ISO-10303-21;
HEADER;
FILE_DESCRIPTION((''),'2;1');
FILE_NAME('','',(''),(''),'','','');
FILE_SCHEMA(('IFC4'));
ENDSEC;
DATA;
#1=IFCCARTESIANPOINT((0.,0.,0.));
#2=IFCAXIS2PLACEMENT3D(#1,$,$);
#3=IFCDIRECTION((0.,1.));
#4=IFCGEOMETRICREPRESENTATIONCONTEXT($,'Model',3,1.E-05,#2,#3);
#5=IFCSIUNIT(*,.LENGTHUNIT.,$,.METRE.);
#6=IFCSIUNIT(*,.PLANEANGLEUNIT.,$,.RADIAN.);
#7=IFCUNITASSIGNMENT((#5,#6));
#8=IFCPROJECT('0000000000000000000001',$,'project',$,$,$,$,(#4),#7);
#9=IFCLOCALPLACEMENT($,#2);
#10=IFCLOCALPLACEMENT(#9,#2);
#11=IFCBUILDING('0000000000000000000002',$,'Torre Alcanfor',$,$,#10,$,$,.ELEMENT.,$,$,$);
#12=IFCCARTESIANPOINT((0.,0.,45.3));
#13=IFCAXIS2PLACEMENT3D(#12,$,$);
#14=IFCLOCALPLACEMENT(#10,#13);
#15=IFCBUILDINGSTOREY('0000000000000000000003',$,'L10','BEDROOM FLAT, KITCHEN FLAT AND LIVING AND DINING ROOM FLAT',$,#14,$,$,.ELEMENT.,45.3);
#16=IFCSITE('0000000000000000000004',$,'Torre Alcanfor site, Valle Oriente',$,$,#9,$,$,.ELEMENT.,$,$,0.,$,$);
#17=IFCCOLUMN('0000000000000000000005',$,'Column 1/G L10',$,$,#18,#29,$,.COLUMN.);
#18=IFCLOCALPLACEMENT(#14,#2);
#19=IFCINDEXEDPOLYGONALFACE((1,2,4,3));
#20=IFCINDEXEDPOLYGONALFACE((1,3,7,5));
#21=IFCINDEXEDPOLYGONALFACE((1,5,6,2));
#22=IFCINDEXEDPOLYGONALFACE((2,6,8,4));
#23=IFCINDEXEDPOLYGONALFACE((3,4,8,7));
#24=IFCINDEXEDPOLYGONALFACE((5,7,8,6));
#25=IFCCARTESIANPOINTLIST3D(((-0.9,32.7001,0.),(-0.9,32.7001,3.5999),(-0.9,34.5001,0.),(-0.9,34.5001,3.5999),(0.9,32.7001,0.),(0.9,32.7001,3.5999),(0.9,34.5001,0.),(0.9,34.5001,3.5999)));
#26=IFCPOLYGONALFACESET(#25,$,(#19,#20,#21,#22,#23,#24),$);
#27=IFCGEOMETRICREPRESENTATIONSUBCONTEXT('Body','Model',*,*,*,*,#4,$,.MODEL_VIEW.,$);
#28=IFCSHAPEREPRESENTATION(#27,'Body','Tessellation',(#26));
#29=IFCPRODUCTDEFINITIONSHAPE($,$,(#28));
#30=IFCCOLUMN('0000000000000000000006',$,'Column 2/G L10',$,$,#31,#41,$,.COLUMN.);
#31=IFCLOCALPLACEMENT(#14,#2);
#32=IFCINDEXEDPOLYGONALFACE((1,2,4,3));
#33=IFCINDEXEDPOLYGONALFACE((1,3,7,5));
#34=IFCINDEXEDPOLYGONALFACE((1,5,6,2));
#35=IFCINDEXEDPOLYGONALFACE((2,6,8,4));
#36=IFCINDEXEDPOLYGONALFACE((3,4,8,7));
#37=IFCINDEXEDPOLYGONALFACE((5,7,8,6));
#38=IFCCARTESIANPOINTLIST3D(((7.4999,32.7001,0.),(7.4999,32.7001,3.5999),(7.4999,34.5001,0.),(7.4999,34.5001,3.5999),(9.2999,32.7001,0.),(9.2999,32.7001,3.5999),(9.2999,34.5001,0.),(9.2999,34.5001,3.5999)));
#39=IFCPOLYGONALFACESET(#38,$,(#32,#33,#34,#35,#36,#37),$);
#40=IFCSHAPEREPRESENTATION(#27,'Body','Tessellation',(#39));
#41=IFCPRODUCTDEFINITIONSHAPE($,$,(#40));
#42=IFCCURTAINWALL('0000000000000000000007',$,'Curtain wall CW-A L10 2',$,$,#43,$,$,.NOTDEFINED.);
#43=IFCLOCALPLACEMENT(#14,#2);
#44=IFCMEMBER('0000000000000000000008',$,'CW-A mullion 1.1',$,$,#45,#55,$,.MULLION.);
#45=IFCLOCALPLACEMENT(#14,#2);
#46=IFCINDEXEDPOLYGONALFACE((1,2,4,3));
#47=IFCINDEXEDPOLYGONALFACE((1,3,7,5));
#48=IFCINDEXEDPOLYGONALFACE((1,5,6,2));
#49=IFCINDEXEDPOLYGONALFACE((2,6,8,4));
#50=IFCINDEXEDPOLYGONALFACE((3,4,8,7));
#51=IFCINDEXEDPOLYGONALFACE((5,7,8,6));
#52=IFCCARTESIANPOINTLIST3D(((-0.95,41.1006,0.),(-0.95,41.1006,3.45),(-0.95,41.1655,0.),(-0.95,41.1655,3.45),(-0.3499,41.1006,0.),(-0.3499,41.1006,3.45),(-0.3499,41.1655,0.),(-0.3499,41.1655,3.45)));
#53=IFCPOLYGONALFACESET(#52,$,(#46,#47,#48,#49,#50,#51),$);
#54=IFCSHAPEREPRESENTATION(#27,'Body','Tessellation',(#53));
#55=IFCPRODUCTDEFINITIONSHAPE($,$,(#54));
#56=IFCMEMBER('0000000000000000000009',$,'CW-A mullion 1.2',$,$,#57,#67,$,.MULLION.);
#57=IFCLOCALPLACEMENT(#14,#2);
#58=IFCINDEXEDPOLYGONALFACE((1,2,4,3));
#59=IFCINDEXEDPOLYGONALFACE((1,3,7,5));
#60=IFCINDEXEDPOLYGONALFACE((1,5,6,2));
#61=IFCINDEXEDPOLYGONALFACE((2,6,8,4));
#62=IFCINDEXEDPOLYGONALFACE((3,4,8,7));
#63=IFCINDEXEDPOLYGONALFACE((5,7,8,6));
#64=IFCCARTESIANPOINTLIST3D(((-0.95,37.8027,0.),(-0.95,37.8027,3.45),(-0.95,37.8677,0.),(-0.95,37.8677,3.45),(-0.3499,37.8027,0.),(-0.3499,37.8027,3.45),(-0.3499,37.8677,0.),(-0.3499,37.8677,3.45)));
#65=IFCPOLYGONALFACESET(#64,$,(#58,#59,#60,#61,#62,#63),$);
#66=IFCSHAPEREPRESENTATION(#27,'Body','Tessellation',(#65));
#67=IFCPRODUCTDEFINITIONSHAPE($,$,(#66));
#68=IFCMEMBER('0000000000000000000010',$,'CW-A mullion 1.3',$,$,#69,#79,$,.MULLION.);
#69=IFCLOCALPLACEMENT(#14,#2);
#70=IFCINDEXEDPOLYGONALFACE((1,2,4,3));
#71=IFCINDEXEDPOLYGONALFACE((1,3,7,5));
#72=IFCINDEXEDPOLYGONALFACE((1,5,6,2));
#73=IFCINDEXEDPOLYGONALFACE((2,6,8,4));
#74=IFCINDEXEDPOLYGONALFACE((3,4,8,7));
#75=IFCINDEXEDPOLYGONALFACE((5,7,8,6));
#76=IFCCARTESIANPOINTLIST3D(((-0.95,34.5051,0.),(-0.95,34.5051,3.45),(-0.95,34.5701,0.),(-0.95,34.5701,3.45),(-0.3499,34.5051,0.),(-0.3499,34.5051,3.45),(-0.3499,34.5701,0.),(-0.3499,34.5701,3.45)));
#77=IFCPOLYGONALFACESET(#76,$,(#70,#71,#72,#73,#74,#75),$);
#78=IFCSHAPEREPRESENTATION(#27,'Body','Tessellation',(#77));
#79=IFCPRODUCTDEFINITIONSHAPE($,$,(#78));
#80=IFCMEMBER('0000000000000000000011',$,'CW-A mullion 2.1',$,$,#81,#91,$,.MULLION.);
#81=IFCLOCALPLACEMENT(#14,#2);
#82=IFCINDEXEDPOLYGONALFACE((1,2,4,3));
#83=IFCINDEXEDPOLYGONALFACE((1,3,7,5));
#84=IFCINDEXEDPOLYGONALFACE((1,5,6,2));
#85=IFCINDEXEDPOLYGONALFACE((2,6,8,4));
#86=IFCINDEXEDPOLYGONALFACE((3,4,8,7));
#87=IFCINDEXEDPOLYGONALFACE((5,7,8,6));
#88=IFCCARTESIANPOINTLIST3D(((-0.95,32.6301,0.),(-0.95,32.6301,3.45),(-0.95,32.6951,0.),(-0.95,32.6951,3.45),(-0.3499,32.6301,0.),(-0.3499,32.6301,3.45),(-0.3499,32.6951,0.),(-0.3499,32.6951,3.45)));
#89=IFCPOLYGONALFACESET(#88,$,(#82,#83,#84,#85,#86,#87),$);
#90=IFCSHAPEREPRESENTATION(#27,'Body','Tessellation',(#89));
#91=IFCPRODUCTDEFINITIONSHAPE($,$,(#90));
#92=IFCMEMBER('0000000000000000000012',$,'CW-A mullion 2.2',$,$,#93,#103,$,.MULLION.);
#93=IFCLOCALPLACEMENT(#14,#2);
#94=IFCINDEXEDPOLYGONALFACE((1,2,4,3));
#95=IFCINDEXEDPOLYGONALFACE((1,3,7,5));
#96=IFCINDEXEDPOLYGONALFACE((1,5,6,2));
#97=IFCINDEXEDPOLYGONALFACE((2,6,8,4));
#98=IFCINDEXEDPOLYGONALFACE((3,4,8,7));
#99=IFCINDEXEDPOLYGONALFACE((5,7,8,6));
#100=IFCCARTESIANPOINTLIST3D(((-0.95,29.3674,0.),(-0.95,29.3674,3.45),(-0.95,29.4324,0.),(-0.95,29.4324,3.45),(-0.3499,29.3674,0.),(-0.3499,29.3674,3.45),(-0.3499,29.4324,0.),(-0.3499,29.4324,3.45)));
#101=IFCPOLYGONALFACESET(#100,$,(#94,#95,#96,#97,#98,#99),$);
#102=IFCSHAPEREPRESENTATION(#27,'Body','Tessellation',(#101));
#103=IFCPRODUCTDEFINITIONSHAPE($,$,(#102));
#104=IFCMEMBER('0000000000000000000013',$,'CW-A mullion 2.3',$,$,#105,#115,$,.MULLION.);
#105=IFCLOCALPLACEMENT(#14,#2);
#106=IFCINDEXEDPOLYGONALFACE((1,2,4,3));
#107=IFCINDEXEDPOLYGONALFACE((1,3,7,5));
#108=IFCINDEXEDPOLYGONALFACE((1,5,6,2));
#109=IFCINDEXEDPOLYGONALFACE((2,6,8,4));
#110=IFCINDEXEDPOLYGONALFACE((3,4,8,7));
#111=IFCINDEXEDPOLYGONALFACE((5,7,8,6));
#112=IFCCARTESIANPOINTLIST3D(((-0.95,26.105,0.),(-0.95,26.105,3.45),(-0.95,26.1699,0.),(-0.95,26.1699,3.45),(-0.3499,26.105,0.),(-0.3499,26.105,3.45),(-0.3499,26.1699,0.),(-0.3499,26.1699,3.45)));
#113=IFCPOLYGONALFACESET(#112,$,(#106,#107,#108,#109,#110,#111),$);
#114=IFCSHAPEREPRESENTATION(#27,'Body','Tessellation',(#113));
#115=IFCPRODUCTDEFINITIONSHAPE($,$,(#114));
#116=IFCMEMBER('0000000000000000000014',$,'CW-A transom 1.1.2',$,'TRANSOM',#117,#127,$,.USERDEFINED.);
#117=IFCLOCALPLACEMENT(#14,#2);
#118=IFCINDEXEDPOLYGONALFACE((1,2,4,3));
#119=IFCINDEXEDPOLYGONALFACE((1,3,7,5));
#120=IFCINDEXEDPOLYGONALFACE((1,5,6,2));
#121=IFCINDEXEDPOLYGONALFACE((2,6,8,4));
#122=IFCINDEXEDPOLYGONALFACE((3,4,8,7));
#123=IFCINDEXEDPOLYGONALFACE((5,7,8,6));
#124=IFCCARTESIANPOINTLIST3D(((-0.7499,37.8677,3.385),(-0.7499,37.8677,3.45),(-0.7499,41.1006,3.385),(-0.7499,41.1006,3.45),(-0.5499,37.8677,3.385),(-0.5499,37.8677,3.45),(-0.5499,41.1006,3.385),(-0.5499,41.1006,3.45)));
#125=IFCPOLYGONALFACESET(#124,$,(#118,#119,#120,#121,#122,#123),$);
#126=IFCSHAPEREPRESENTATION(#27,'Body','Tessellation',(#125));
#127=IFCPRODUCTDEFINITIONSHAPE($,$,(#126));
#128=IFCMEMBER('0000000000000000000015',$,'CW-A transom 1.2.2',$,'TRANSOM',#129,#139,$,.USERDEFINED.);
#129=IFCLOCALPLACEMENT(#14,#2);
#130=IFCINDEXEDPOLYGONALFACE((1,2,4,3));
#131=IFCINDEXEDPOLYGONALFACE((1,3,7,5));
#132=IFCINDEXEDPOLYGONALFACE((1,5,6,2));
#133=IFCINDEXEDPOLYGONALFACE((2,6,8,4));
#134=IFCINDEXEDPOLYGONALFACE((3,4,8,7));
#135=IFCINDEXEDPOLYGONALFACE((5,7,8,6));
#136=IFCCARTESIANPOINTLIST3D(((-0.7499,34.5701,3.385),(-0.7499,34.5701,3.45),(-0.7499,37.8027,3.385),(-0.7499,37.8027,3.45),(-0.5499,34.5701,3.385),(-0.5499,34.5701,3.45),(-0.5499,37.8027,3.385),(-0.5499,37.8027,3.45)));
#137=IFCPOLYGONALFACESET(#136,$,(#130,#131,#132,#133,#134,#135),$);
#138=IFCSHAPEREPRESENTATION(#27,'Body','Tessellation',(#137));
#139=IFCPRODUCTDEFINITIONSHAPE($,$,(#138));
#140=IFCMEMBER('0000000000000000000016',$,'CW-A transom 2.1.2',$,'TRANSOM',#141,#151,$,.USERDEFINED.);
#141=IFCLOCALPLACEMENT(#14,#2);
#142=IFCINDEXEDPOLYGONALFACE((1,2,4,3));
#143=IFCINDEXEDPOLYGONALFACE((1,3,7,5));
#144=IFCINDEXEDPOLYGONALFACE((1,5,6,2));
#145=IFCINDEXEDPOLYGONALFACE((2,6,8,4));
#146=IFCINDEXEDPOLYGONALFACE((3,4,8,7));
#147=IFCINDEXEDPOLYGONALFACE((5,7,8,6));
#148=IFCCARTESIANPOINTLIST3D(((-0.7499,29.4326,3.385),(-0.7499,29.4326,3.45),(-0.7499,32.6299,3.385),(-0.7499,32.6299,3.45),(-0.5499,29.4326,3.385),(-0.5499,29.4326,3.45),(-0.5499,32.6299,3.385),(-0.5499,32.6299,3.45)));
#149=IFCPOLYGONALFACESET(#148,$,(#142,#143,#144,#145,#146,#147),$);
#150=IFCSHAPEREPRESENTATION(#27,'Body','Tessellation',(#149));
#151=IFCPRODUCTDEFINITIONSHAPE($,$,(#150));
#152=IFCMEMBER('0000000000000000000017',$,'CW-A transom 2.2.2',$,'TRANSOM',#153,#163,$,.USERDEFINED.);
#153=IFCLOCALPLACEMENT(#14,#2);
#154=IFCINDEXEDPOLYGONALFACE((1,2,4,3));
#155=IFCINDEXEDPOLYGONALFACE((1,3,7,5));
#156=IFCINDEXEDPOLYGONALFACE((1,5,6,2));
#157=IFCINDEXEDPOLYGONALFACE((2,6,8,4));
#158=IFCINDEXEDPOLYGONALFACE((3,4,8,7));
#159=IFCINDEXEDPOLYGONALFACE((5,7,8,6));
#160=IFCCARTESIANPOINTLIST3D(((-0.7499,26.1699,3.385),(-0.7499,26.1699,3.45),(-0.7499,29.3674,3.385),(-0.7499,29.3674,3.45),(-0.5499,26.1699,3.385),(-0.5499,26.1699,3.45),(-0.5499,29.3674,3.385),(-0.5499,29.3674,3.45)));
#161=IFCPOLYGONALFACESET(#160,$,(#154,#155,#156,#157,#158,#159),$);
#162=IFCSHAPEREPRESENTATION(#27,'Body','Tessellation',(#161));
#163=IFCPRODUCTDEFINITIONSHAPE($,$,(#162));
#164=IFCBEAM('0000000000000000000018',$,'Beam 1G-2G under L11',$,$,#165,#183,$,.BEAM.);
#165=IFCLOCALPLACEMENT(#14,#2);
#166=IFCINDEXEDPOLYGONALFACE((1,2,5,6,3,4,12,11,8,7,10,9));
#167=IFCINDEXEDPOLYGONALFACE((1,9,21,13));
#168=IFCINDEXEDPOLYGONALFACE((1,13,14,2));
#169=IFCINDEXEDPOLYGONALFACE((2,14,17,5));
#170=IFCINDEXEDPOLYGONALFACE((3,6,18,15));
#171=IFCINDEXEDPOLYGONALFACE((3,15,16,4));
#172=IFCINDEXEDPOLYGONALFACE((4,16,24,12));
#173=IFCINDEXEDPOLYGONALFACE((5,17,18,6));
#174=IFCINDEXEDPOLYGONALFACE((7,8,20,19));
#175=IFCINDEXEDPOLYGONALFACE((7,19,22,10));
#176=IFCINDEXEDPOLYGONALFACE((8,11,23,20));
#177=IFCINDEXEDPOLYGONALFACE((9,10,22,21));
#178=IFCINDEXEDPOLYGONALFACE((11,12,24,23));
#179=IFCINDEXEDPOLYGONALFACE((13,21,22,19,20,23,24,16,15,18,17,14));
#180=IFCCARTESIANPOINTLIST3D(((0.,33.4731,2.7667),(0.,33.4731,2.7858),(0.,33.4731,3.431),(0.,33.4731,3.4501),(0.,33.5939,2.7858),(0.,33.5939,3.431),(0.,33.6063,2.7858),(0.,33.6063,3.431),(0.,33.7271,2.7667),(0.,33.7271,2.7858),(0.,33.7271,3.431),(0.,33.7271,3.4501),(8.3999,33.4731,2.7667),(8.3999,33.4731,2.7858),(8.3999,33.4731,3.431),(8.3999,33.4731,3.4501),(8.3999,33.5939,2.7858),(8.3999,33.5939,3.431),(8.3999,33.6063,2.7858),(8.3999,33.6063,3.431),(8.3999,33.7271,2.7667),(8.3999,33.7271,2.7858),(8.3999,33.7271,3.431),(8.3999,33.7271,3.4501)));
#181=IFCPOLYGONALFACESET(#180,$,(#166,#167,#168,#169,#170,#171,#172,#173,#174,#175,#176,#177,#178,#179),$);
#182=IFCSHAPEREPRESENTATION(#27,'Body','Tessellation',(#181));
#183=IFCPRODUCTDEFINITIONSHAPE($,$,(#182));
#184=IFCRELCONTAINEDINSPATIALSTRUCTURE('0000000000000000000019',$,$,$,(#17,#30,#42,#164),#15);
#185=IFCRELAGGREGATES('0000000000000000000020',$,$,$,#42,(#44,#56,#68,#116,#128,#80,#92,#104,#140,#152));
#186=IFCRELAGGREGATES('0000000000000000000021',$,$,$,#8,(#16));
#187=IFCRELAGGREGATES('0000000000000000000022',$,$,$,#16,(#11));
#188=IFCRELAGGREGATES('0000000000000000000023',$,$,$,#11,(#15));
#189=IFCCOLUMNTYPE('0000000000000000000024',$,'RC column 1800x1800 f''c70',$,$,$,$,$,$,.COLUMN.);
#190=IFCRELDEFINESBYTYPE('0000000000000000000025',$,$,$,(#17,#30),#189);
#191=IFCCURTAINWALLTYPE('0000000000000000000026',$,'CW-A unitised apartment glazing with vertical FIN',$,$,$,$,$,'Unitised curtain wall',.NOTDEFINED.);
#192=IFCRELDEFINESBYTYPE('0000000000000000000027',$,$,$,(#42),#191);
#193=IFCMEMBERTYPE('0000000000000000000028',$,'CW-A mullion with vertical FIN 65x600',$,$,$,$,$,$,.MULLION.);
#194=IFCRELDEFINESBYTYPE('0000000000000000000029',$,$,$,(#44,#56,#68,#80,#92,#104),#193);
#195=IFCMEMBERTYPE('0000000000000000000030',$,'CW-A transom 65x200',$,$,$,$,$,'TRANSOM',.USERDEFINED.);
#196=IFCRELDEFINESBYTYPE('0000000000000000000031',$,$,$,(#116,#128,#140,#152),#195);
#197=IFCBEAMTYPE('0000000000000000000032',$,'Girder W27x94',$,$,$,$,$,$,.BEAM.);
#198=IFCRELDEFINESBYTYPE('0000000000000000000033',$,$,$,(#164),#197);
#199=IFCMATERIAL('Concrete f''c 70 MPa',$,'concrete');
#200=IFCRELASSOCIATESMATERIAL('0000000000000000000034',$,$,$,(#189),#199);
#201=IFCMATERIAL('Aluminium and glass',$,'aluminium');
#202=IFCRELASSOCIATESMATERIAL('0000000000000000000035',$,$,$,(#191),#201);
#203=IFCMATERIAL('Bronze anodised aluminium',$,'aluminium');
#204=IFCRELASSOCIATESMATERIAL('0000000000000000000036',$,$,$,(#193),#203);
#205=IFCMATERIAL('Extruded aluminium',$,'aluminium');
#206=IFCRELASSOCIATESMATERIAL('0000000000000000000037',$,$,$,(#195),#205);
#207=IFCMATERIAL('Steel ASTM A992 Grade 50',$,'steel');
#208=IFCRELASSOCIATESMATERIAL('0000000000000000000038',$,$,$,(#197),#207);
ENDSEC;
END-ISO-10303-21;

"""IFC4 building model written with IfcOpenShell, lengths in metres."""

from ifc_helpers import new_model, si_unit, direction, frame, origin, origin_2d, place, context, subcontext, project, spatial, rectangle, i_section, extrude, material, material_profile, profile_set, type_object, element, aggregate, save


model = new_model("IFC4")

# Units and contexts
model_context = context("Model", 3, precision=1e-05, world=origin(), true_north=direction((0.0, 1.0)))
body_context = subcontext(model_context, "Body", "Model", "MODEL_VIEW")
ifc_project = project(units=[si_unit("LENGTHUNIT", "METRE"), si_unit("PLANEANGLEUNIT", "RADIAN")], contexts=[model_context])

# Site, building, storey
site_placement = place(None, origin())
site = spatial("IfcSite", under=ifc_project, at=site_placement, Name="Torre Alcanfor site, Valle Oriente", CompositionType="ELEMENT", RefElevation=0.0)
building_placement = place(site_placement, origin())
building = spatial("IfcBuilding", under=site, at=building_placement, Name="Torre Alcanfor", CompositionType="ELEMENT")
storey_placement = place(building_placement, frame((0.0, 0.0, 45.3)))
storey = spatial("IfcBuildingStorey", under=building, at=storey_placement, Name="L10", Description="BEDROOM FLAT, KITCHEN FLAT AND LIVING AND DINING ROOM FLAT", CompositionType="ELEMENT", Elevation=45.3)

# Columns
ifc_material_1 = material(Name="Concrete f'c 70 MPa", Category="concrete")
ifc_material_profile_1 = material_profile(ifc_material_1, rectangle(XDim=1.8, YDim=1.8, at=origin_2d()), Name="1800x1800")
ifc_profile_set_1 = profile_set([ifc_material_profile_1], Name="Concrete f'c 70 MPa")
column_type = type_object("IfcColumnType", Name="RC column 1800x1800 f'c70", PredefinedType="COLUMN", material=ifc_profile_set_1)
for number, where, z_axis, x_axis, name in (
    (1, (0.0, 33.6001, 0.0), (0.0, 0.0, 1.0), (1.0, 0.0, 0.0), "Column 1/G L10"),
    (2, (8.3999, 33.6001, 0.0), (0.0, 0.0, 1.0), (1.0, 0.0, 0.0), "Column 2/G L10"),
):
    element("IfcColumn", number, at=place(storey_placement, frame(where, z_axis=z_axis, x_axis=x_axis)), inside=storey, type_object=column_type, Name=name, PredefinedType="COLUMN", context=body_context, shape_type="SweptSolid", body=[
        extrude(rectangle(XDim=1.8, YDim=1.8, at=origin_2d()), origin(), (0.0, 0.0, 1.0), 3.5999),
    ])

# Curtain wall, members
ifc_material_2 = material(Name="Aluminium and glass", Category="aluminium")
curtain_wall_type = type_object("IfcCurtainWallType", Name="CW-A unitised apartment glazing with vertical FIN", ElementType="Unitised curtain wall", PredefinedType="NOTDEFINED", material=ifc_material_2)
curtain_wall_placement = place(storey_placement, origin())
curtain_wall = element("IfcCurtainWall", 3, at=curtain_wall_placement, inside=storey, type_object=curtain_wall_type, Name="Curtain wall CW-A L10 2", PredefinedType="NOTDEFINED")
ifc_material_3 = material(Name="Bronze anodised aluminium", Category="aluminium")
ifc_material_profile_2 = material_profile(ifc_material_3, rectangle(XDim=0.6001, YDim=0.0649, at=origin_2d()), Name="CW-A mullion 65x600")
ifc_profile_set_2 = profile_set([ifc_material_profile_2], Name="Bronze anodised aluminium")
member_type_1 = type_object("IfcMemberType", Name="CW-A mullion with vertical FIN 65x600", PredefinedType="MULLION", material=ifc_profile_set_2)
member_1_placement = place(storey_placement, frame((-0.6499, 41.1331, 0.0), z_axis=(0.0, 0.0, 1.0), x_axis=(1.0, 0.0, 0.0)))
member_1 = element("IfcMember", 4, at=member_1_placement, type_object=member_type_1, Name="CW-A mullion 1.1", PredefinedType="MULLION", context=body_context, shape_type="SweptSolid", body=[
    extrude(rectangle(XDim=0.6001, YDim=0.0649, at=origin_2d()), origin(), (0.0, 0.0, 1.0), 3.45),
])
member_2_placement = place(storey_placement, frame((-0.6499, 37.8352, 0.0), z_axis=(0.0, 0.0, 1.0), x_axis=(1.0, 0.0, 0.0)))
member_2 = element("IfcMember", 5, at=member_2_placement, type_object=member_type_1, Name="CW-A mullion 1.2", PredefinedType="MULLION", context=body_context, shape_type="SweptSolid", body=[
    extrude(rectangle(XDim=0.6001, YDim=0.0649, at=origin_2d()), origin(), (0.0, 0.0, 1.0), 3.45),
])
member_3_placement = place(storey_placement, frame((-0.6499, 34.5376, 0.0), z_axis=(0.0, 0.0, 1.0), x_axis=(1.0, 0.0, 0.0)))
member_3 = element("IfcMember", 6, at=member_3_placement, type_object=member_type_1, Name="CW-A mullion 1.3", PredefinedType="MULLION", context=body_context, shape_type="SweptSolid", body=[
    extrude(rectangle(XDim=0.6001, YDim=0.0649, at=origin_2d()), origin(), (0.0, 0.0, 1.0), 3.45),
])
member_4_placement = place(storey_placement, frame((-0.6499, 32.6626, 0.0), z_axis=(0.0, 0.0, 1.0), x_axis=(1.0, 0.0, 0.0)))
member_4 = element("IfcMember", 7, at=member_4_placement, type_object=member_type_1, Name="CW-A mullion 2.1", PredefinedType="MULLION", context=body_context, shape_type="SweptSolid", body=[
    extrude(rectangle(XDim=0.6001, YDim=0.0649, at=origin_2d()), origin(), (0.0, 0.0, 1.0), 3.45),
])
member_5_placement = place(storey_placement, frame((-0.6499, 29.3999, 0.0), z_axis=(0.0, 0.0, 1.0), x_axis=(1.0, 0.0, 0.0)))
member_5 = element("IfcMember", 8, at=member_5_placement, type_object=member_type_1, Name="CW-A mullion 2.2", PredefinedType="MULLION", context=body_context, shape_type="SweptSolid", body=[
    extrude(rectangle(XDim=0.6001, YDim=0.0649, at=origin_2d()), origin(), (0.0, 0.0, 1.0), 3.45),
])
member_6_placement = place(storey_placement, frame((-0.6499, 26.1375, 0.0), z_axis=(0.0, 0.0, 1.0), x_axis=(1.0, 0.0, 0.0)))
member_6 = element("IfcMember", 9, at=member_6_placement, type_object=member_type_1, Name="CW-A mullion 2.3", PredefinedType="MULLION", context=body_context, shape_type="SweptSolid", body=[
    extrude(rectangle(XDim=0.6001, YDim=0.0649, at=origin_2d()), origin(), (0.0, 0.0, 1.0), 3.45),
])
ifc_material_4 = material(Name="Extruded aluminium", Category="aluminium")
ifc_material_profile_3 = material_profile(ifc_material_4, rectangle(XDim=0.2, YDim=0.0649, at=origin_2d()), Name="CW-A transom 200x65")
ifc_profile_set_3 = profile_set([ifc_material_profile_3], Name="Extruded aluminium")
member_type_2 = type_object("IfcMemberType", Name="CW-A transom 65x200", ElementType="TRANSOM", PredefinedType="USERDEFINED", material=ifc_profile_set_3)
member_7_placement = place(storey_placement, frame((-0.6499, 41.1006, 3.4175), z_axis=(0.0, -1.0, 0.0), x_axis=(1.0, 0.0, 0.0)))
member_7 = element("IfcMember", 10, at=member_7_placement, type_object=member_type_2, Name="CW-A transom 1.1.2", ObjectType="TRANSOM", PredefinedType="USERDEFINED", context=body_context, shape_type="SweptSolid", body=[
    extrude(rectangle(XDim=0.2, YDim=0.0649, at=origin_2d()), origin(), (0.0, 0.0, 1.0), 3.2329),
])
member_8_placement = place(storey_placement, frame((-0.6499, 37.8027, 3.4175), z_axis=(0.0, -1.0, 0.0), x_axis=(1.0, 0.0, 0.0)))
member_8 = element("IfcMember", 11, at=member_8_placement, type_object=member_type_2, Name="CW-A transom 1.2.2", ObjectType="TRANSOM", PredefinedType="USERDEFINED", context=body_context, shape_type="SweptSolid", body=[
    extrude(rectangle(XDim=0.2, YDim=0.0649, at=origin_2d()), origin(), (0.0, 0.0, 1.0), 3.2327),
])
member_9_placement = place(storey_placement, frame((-0.6499, 32.6299, 3.4175), z_axis=(0.0, -1.0, 0.0), x_axis=(1.0, 0.0, 0.0)))
member_9 = element("IfcMember", 12, at=member_9_placement, type_object=member_type_2, Name="CW-A transom 2.1.2", ObjectType="TRANSOM", PredefinedType="USERDEFINED", context=body_context, shape_type="SweptSolid", body=[
    extrude(rectangle(XDim=0.2, YDim=0.0649, at=origin_2d()), origin(), (0.0, 0.0, 1.0), 3.1973),
])
member_10_placement = place(storey_placement, frame((-0.6499, 29.3674, 3.4175), z_axis=(0.0, -1.0, 0.0), x_axis=(1.0, 0.0, 0.0)))
member_10 = element("IfcMember", 13, at=member_10_placement, type_object=member_type_2, Name="CW-A transom 2.2.2", ObjectType="TRANSOM", PredefinedType="USERDEFINED", context=body_context, shape_type="SweptSolid", body=[
    extrude(rectangle(XDim=0.2, YDim=0.0649, at=origin_2d()), origin(), (0.0, 0.0, 1.0), 3.1975),
])

# Beam
ifc_material_5 = material(Name="Steel ASTM A992 Grade 50", Category="steel")
ifc_material_profile_4 = material_profile(ifc_material_5, i_section(OverallWidth=0.2539, OverallDepth=0.6833, WebThickness=0.0125, FlangeThickness=0.019, at=origin_2d()), Name="W27x94")
ifc_profile_set_4 = profile_set([ifc_material_profile_4], Name="Steel ASTM A992 Grade 50")
beam_type_1 = type_object("IfcBeamType", Name="Girder W27x94", PredefinedType="BEAM", material=ifc_profile_set_4)
beam_1_placement = place(storey_placement, frame((0.0, 33.6001, 3.1084), z_axis=(1.0, 0.0, 0.0), x_axis=(0.0, 1.0, 0.0)))
element("IfcBeam", 14, at=beam_1_placement, inside=storey, type_object=beam_type_1, Name="Beam 1G-2G under L11", PredefinedType="BEAM", context=body_context, shape_type="SweptSolid", body=[
    extrude(i_section(OverallWidth=0.2539, OverallDepth=0.6833, WebThickness=0.0125, FlangeThickness=0.019, at=origin_2d()), origin(), (0.0, 0.0, 1.0), 8.3999),
])

aggregate(curtain_wall, [member_1, member_2, member_3, member_7, member_8, member_4, member_5, member_6, member_9, member_10])

save(model, "model.ifc")
